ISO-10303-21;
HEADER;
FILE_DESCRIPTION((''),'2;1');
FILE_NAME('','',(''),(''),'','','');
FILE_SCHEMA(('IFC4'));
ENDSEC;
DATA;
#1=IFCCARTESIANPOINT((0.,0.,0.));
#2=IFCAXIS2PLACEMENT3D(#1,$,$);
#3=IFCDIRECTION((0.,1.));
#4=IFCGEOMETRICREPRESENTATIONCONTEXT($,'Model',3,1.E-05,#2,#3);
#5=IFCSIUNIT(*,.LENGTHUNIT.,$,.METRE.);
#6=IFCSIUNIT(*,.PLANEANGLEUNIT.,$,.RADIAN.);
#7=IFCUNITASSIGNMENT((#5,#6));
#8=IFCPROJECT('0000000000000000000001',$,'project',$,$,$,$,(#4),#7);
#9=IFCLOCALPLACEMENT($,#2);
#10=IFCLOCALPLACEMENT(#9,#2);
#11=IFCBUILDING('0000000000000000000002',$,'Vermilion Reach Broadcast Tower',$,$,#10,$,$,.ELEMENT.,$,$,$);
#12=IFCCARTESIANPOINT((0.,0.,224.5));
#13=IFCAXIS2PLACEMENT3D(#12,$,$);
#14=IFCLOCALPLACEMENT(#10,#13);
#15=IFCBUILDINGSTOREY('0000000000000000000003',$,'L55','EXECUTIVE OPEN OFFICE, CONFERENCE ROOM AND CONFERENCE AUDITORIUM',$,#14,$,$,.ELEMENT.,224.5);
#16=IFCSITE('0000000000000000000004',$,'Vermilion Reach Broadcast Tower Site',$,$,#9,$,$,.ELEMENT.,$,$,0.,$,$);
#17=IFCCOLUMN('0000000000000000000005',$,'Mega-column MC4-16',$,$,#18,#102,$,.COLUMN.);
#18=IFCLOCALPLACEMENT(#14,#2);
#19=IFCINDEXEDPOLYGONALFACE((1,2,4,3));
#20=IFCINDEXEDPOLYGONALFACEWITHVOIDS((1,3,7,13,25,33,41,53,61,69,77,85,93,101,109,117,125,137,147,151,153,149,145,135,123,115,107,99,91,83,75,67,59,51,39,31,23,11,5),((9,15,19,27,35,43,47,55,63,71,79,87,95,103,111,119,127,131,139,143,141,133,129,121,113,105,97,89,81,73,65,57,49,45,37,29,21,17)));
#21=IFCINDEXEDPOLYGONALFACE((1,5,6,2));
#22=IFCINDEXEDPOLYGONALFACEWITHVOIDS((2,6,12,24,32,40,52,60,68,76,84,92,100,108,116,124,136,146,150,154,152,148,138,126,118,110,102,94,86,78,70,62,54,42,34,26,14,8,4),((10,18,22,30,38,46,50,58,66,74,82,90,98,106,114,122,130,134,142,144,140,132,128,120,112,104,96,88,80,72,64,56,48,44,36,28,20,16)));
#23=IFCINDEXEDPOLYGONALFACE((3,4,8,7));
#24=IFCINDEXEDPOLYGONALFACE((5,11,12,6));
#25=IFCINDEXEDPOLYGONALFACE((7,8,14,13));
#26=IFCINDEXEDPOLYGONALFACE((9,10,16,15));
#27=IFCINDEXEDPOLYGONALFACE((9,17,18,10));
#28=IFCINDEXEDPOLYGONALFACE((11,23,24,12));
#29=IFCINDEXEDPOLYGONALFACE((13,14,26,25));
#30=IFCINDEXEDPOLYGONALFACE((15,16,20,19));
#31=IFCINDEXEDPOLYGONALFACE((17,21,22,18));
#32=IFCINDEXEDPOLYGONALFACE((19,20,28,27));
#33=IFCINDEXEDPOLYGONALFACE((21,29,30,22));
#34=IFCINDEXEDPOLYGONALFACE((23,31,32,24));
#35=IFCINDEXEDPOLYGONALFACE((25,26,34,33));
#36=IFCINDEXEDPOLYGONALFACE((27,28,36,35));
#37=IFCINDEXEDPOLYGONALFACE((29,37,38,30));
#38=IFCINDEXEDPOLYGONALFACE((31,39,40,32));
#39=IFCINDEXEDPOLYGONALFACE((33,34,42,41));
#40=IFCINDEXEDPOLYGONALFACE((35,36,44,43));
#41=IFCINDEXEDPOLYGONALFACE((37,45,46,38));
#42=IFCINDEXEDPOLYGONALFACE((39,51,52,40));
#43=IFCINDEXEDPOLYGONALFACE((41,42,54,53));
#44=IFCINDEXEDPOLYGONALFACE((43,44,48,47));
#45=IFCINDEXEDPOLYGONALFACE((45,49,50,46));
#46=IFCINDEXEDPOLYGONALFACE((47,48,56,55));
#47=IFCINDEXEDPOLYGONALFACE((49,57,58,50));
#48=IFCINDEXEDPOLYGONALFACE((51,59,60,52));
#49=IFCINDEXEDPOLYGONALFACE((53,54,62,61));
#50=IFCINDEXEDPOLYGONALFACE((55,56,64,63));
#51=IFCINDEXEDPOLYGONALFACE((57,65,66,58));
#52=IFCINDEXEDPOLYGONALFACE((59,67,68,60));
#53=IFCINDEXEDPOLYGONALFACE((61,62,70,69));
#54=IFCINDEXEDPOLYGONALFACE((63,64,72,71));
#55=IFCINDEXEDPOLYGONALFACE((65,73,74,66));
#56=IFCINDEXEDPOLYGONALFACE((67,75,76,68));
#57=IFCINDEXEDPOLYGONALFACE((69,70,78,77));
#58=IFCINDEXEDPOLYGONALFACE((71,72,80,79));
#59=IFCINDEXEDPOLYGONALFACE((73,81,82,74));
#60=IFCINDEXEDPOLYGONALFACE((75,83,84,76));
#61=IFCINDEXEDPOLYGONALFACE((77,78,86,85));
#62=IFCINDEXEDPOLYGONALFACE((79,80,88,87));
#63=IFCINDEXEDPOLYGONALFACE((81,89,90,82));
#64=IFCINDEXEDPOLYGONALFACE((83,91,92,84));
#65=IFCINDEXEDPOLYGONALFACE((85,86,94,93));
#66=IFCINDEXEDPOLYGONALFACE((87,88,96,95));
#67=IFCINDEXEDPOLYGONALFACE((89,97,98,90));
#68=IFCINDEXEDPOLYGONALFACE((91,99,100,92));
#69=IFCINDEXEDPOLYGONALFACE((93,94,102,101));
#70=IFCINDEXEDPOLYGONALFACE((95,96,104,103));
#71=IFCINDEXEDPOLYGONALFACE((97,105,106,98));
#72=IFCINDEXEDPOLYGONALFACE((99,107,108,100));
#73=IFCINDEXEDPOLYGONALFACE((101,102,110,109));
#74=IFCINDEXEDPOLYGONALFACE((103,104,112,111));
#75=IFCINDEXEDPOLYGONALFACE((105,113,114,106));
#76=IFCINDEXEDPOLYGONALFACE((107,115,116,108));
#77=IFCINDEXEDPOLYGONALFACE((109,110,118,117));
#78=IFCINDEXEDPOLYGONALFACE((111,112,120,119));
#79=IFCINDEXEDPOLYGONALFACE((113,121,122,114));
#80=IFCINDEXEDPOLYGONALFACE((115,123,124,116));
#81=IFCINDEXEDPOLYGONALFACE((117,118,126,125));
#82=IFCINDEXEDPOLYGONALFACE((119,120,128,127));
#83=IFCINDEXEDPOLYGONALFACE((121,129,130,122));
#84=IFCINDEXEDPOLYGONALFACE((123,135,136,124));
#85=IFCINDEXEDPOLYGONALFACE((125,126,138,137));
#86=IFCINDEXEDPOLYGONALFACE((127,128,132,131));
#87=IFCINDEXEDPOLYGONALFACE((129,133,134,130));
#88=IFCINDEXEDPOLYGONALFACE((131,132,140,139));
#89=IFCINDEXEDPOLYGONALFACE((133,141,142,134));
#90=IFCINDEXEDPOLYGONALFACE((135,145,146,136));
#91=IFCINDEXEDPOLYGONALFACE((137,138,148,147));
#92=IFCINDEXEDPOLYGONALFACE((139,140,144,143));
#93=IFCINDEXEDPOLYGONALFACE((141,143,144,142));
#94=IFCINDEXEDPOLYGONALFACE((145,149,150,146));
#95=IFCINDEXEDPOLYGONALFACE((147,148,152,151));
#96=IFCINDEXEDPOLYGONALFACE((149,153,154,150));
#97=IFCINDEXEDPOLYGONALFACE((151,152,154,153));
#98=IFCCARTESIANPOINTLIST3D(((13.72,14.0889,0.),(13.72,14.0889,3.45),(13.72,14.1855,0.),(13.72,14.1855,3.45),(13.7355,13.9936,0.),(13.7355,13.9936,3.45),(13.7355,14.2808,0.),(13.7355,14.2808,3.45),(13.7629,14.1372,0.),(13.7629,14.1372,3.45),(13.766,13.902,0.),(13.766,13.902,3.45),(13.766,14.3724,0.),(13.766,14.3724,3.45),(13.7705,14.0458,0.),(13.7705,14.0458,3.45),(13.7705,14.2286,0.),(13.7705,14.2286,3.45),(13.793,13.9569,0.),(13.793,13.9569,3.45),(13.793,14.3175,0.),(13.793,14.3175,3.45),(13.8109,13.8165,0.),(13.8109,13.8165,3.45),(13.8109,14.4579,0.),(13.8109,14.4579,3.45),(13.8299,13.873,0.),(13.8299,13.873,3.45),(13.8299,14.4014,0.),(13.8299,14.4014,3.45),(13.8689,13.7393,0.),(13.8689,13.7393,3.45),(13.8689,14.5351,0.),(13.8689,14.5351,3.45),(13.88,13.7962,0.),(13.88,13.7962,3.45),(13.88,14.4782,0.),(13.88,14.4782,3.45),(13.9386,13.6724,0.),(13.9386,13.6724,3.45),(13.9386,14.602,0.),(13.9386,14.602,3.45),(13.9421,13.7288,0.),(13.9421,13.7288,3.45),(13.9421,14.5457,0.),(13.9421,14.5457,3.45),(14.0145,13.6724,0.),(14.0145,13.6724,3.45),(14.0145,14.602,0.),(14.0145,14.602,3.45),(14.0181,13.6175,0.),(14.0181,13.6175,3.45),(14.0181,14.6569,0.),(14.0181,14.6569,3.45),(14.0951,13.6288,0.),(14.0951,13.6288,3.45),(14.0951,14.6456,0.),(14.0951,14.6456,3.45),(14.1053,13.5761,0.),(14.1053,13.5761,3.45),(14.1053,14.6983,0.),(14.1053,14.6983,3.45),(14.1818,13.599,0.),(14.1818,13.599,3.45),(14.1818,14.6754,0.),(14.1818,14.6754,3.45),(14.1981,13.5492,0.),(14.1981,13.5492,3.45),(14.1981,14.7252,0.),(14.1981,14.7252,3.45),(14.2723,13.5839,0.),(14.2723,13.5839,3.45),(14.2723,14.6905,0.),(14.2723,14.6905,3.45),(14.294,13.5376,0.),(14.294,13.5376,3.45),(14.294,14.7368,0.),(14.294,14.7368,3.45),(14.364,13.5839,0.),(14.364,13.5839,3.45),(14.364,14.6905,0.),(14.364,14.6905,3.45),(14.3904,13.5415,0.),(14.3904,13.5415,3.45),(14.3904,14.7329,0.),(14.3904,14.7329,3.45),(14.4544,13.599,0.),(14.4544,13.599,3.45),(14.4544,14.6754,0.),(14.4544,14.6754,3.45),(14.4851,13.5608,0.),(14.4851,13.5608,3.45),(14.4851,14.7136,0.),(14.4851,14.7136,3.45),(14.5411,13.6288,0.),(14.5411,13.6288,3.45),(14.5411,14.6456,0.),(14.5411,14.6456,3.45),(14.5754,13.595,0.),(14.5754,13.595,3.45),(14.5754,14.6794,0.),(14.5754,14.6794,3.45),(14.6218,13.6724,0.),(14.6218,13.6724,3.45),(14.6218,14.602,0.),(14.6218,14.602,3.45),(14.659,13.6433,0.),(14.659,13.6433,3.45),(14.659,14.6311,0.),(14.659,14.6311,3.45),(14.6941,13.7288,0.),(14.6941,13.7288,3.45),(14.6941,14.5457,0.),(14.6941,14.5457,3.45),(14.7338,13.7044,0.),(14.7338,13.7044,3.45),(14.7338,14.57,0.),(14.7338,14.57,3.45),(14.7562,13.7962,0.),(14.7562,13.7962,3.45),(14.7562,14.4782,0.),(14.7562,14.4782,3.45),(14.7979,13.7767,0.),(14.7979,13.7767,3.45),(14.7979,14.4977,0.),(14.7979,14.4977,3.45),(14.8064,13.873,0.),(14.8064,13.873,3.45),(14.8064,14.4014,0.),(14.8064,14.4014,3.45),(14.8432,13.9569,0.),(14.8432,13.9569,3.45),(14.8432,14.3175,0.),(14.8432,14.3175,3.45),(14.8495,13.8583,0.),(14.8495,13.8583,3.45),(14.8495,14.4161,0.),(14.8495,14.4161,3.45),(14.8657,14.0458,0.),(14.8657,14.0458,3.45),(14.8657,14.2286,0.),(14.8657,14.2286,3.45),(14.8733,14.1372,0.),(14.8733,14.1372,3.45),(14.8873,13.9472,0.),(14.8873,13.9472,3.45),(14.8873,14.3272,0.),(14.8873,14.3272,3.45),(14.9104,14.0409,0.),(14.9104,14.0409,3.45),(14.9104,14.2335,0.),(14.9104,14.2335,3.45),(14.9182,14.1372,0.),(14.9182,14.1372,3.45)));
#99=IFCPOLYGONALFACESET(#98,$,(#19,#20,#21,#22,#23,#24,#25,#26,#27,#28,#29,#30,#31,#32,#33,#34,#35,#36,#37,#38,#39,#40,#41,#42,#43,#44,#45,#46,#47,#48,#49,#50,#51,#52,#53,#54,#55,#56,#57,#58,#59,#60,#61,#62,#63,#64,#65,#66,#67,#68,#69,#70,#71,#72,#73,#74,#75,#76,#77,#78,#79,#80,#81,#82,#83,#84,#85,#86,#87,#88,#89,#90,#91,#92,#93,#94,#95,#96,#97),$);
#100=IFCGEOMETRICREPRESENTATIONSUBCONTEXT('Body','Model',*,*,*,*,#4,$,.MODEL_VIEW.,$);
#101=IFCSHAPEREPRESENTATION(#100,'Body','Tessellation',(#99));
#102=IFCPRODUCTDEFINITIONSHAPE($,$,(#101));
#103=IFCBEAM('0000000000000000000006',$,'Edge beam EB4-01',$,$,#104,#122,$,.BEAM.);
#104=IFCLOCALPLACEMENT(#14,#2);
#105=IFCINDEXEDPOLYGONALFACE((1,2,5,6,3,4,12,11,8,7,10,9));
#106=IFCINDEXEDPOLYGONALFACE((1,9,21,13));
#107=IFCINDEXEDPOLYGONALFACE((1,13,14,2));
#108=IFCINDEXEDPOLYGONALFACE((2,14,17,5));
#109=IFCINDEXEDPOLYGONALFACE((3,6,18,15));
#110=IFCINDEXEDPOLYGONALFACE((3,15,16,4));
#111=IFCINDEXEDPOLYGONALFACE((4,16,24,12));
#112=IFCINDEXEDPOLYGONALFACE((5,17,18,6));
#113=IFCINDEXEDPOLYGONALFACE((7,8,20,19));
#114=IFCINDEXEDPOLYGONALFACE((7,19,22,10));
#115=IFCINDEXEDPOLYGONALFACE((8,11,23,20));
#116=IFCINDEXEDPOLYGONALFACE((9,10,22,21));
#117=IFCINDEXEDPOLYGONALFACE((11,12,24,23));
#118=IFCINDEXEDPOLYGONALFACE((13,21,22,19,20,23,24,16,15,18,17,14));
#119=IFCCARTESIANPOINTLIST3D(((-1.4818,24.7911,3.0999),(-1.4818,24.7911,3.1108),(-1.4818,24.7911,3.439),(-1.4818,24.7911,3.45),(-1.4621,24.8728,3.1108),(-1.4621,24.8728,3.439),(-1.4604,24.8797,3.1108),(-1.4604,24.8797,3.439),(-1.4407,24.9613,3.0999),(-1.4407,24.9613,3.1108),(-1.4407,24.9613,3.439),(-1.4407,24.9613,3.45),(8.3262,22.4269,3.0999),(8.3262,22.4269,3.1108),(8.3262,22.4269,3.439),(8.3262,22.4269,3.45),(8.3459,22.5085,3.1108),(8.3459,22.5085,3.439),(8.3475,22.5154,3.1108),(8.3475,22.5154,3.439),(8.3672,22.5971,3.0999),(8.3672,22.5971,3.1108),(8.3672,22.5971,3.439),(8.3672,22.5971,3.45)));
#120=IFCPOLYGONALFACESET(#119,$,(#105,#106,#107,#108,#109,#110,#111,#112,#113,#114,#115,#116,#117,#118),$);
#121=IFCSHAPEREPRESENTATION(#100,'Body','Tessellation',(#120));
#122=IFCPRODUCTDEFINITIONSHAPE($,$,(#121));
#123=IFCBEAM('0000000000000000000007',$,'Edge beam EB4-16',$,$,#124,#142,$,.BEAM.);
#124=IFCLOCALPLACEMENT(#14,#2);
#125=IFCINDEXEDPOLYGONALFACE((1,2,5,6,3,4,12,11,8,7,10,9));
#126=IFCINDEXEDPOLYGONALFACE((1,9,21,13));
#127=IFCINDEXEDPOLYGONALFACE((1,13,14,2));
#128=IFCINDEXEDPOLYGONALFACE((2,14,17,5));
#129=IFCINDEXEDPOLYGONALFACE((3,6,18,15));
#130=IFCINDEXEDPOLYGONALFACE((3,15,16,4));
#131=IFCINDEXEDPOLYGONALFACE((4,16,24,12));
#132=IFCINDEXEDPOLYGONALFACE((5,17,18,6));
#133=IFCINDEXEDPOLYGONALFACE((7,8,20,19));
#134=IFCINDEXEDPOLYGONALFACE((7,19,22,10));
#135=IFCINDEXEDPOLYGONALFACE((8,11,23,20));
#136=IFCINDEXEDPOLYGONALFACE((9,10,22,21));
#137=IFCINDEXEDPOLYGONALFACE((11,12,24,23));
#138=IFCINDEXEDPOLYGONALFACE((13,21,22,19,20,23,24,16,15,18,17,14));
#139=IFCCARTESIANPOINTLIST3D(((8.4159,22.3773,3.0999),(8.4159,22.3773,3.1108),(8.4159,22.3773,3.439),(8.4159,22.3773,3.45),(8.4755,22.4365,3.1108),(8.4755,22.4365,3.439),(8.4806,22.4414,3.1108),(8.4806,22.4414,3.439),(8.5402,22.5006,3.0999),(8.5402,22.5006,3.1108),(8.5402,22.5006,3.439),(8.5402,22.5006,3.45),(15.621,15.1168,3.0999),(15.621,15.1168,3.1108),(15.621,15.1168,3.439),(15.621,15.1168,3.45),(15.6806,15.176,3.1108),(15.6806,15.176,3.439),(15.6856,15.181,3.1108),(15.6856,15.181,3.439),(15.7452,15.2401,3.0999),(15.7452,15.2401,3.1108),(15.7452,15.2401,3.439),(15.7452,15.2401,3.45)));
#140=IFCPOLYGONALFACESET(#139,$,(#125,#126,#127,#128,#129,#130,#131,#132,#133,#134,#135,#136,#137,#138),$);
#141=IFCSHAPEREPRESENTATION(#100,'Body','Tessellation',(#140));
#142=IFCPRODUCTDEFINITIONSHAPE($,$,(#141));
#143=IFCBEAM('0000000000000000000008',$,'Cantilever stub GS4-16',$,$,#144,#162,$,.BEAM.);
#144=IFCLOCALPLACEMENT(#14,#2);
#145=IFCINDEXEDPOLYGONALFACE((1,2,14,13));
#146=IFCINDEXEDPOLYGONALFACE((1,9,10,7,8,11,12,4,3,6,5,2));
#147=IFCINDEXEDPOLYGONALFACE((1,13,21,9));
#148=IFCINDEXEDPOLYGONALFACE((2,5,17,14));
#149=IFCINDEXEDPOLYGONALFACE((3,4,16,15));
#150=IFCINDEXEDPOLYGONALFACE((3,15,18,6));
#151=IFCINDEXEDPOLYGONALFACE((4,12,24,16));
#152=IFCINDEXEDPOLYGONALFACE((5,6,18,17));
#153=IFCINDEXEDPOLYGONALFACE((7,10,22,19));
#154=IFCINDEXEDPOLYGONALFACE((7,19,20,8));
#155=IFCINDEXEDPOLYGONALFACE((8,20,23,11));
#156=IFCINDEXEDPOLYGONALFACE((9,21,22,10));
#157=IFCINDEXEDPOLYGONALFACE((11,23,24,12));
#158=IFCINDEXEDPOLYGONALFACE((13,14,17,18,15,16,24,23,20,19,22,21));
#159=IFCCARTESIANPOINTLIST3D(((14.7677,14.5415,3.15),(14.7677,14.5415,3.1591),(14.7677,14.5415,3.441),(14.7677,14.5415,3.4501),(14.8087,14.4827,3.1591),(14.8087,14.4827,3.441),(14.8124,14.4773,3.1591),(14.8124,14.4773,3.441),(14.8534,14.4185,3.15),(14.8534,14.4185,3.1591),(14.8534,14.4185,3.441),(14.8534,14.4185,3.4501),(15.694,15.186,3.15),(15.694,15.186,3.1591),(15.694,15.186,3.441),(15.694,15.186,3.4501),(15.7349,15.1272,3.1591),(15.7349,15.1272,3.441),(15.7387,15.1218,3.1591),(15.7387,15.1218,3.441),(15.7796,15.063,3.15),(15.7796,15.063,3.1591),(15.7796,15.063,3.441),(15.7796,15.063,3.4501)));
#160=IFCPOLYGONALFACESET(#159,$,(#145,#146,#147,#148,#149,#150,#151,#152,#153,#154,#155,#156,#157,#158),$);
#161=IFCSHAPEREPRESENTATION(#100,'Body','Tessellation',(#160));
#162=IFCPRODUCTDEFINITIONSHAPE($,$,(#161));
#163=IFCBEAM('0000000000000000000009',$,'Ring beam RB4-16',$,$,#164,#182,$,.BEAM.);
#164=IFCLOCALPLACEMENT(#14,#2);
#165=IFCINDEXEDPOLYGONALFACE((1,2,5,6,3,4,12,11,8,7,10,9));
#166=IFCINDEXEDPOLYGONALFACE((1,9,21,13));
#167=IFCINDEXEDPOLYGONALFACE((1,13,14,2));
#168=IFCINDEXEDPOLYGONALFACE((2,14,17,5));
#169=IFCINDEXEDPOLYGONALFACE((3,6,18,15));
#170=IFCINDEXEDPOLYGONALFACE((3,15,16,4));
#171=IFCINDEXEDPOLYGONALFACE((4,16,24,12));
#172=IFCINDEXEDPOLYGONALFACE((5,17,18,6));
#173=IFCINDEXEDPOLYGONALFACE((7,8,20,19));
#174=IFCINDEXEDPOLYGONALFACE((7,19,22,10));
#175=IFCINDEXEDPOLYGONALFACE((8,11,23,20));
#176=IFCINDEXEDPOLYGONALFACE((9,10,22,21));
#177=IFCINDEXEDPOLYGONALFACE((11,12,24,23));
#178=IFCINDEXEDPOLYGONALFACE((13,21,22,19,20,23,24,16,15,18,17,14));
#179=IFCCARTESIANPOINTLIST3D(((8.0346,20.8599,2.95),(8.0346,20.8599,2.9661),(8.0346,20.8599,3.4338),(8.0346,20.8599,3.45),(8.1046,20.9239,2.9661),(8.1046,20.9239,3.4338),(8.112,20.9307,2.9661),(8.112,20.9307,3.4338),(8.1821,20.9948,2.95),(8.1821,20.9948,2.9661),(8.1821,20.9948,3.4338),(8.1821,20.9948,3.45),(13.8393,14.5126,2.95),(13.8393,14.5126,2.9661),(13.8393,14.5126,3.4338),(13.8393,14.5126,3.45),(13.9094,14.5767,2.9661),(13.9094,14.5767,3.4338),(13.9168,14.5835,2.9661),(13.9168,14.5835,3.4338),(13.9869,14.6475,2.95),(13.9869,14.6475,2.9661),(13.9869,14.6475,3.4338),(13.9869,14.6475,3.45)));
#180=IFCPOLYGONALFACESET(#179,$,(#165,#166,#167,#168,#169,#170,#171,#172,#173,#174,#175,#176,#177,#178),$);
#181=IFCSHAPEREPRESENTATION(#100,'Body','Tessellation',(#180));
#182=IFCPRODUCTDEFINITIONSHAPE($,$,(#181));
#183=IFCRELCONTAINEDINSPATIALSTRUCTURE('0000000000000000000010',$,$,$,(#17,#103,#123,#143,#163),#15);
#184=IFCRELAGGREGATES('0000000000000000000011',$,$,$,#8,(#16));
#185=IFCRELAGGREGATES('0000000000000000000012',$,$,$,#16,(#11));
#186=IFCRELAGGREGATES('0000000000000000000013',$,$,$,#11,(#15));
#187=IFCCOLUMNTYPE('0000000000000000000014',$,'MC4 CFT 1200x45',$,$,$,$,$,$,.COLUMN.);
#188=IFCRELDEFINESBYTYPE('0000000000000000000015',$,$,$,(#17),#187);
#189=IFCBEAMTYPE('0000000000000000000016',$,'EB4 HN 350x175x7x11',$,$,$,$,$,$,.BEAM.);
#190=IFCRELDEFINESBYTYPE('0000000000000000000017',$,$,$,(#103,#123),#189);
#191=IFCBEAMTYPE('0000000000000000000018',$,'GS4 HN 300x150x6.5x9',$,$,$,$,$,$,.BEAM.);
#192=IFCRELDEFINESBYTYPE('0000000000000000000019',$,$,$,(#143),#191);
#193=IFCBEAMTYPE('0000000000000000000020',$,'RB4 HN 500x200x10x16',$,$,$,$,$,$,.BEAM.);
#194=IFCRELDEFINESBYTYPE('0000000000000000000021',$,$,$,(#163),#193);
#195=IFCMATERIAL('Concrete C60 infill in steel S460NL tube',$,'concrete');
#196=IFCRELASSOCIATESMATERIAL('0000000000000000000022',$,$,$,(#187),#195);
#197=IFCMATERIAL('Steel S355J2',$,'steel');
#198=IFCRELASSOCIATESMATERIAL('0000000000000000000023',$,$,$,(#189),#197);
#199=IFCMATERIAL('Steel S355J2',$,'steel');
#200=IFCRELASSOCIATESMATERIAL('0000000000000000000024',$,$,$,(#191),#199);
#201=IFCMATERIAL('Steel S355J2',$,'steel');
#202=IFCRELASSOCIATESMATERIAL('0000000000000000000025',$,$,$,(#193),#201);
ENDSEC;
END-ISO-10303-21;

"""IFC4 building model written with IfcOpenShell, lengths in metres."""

from ifc_helpers import new_model, si_unit, direction, frame, origin, origin_2d, place, context, subcontext, project, spatial, hollow_circle, i_section, extrude, material, material_profile, profile_set, type_object, element, save


model = new_model("IFC4")

# Units and contexts
model_context = context("Model", 3, precision=1e-05, world=origin(), true_north=direction((0.0, 1.0)))
body_context = subcontext(model_context, "Body", "Model", "MODEL_VIEW")
ifc_project = project(units=[si_unit("LENGTHUNIT", "METRE"), si_unit("PLANEANGLEUNIT", "RADIAN")], contexts=[model_context])

# Site, building, storey
site_placement = place(None, origin())
site = spatial("IfcSite", under=ifc_project, at=site_placement, Name="Vermilion Reach Broadcast Tower Site", CompositionType="ELEMENT", RefElevation=0.0)
building_placement = place(site_placement, origin())
building = spatial("IfcBuilding", under=site, at=building_placement, Name="Vermilion Reach Broadcast Tower", CompositionType="ELEMENT")
storey_placement = place(building_placement, frame((0.0, 0.0, 224.5)))
storey = spatial("IfcBuildingStorey", under=building, at=storey_placement, Name="L55", Description="EXECUTIVE OPEN OFFICE, CONFERENCE ROOM AND CONFERENCE AUDITORIUM", CompositionType="ELEMENT", Elevation=224.5)

# Column
ifc_material_1 = material(Name="Concrete C60 infill in steel S460NL tube", Category="concrete")
ifc_material_profile_1 = material_profile(ifc_material_1, hollow_circle(Radius=0.6001, WallThickness=0.0449, at=origin_2d()), Name="Concrete C60 infill in steel S460NL tube CFT 1200x45")
ifc_profile_set_1 = profile_set([ifc_material_profile_1], Name="Concrete C60 infill in steel S460NL tube")
column_type = type_object("IfcColumnType", Name="MC4 CFT 1200x45", PredefinedType="COLUMN", material=ifc_profile_set_1)
column_placement = place(storey_placement, frame((14.3181, 14.1372, 0.0), z_axis=(0.0, 0.0, 1.0), x_axis=(1.0, 0.0, 0.0)))
element("IfcColumn", 1, at=column_placement, inside=storey, type_object=column_type, Name="Mega-column MC4-16", PredefinedType="COLUMN", context=body_context, shape_type="SweptSolid", body=[
    extrude(hollow_circle(Radius=0.6001, WallThickness=0.0449, at=origin_2d()), origin(), (0.0, 0.0, 1.0), 3.45),
])

# Beams
ifc_material_2 = material(Name="Steel S355J2", Category="steel")
ifc_material_profile_2 = material_profile(ifc_material_2, i_section(OverallWidth=0.175, OverallDepth=0.3501, WebThickness=0.0071, FlangeThickness=0.011, at=origin_2d()), Name="S355J2 HN 350x175x7x11")
ifc_profile_set_2 = profile_set([ifc_material_profile_2], Name="Steel S355J2")
beam_type_1 = type_object("IfcBeamType", Name="EB4 HN 350x175x7x11", PredefinedType="BEAM", material=ifc_profile_set_2)
beam_1_placement = place(storey_placement, frame((8.3467, 22.512, 3.2749), z_axis=(-0.972154, 0.234345, 0.0), x_axis=(-0.234345, -0.972154, 0.0)))
element("IfcBeam", 2, at=beam_1_placement, inside=storey, type_object=beam_type_1, Name="Edge beam EB4-01", PredefinedType="BEAM", context=body_context, shape_type="SweptSolid", body=[
    extrude(i_section(OverallWidth=0.175, OverallDepth=0.3501, WebThickness=0.0071, FlangeThickness=0.011, at=origin_2d()), origin(), (0.0, 0.0, 1.0), 10.0889),
])
beam_2_placement = place(storey_placement, frame((15.6831, 15.1785, 3.2749), z_axis=(-0.704393, 0.709811, 0.0), x_axis=(-0.709811, -0.704393, 0.0)))
element("IfcBeam", 3, at=beam_2_placement, inside=storey, type_object=beam_type_1, Name="Edge beam EB4-16", PredefinedType="BEAM", context=body_context, shape_type="SweptSolid", body=[
    extrude(i_section(OverallWidth=0.175, OverallDepth=0.3501, WebThickness=0.0071, FlangeThickness=0.011, at=origin_2d()), origin(), (0.0, 0.0, 1.0), 10.2288),
])
ifc_material_3 = material(Name="Steel S355J2", Category="steel")
ifc_material_profile_3 = material_profile(ifc_material_3, i_section(OverallWidth=0.1499, OverallDepth=0.3, WebThickness=0.0066, FlangeThickness=0.009, at=origin_2d()), Name="S355J2 HN 300x150x6.5x9")
ifc_profile_set_3 = profile_set([ifc_material_profile_3], Name="Steel S355J2")
beam_type_2 = type_object("IfcBeamType", Name="GS4 HN 300x150x6.5x9", PredefinedType="BEAM", material=ifc_profile_set_3)
beam_3_placement = place(storey_placement, frame((14.8105, 14.48, 3.3), z_axis=(0.820835, 0.571166, 0.0), x_axis=(-0.571166, 0.820835, 0.0)))
element("IfcBeam", 4, at=beam_3_placement, inside=storey, type_object=beam_type_2, Name="Cantilever stub GS4-16", PredefinedType="BEAM", context=body_context, shape_type="SweptSolid", body=[
    extrude(i_section(OverallWidth=0.1499, OverallDepth=0.3, WebThickness=0.0066, FlangeThickness=0.009, at=origin_2d()), origin(), (0.0, 0.0, 1.0), 1.1284),
])
ifc_material_4 = material(Name="Steel S355J2", Category="steel")
ifc_material_profile_4 = material_profile(ifc_material_4, i_section(OverallWidth=0.2, OverallDepth=0.5, WebThickness=0.01, FlangeThickness=0.0161, at=origin_2d()), Name="S355J2 HN 500x200x10x16")
ifc_profile_set_4 = profile_set([ifc_material_profile_4], Name="Steel S355J2")
beam_type_3 = type_object("IfcBeamType", Name="RB4 HN 500x200x10x16", PredefinedType="BEAM", material=ifc_profile_set_4)
beam_4_placement = place(storey_placement, frame((13.9131, 14.5801, 3.2), z_axis=(-0.674868, 0.737938, 0.0), x_axis=(-0.737938, -0.674868, 0.0)))
element("IfcBeam", 5, at=beam_4_placement, inside=storey, type_object=beam_type_3, Name="Ring beam RB4-16", PredefinedType="BEAM", context=body_context, shape_type="SweptSolid", body=[
    extrude(i_section(OverallWidth=0.2, OverallDepth=0.5, WebThickness=0.01, FlangeThickness=0.0161, at=origin_2d()), origin(), (0.0, 0.0, 1.0), 8.6013),
])

save(model, "model.ifc")
